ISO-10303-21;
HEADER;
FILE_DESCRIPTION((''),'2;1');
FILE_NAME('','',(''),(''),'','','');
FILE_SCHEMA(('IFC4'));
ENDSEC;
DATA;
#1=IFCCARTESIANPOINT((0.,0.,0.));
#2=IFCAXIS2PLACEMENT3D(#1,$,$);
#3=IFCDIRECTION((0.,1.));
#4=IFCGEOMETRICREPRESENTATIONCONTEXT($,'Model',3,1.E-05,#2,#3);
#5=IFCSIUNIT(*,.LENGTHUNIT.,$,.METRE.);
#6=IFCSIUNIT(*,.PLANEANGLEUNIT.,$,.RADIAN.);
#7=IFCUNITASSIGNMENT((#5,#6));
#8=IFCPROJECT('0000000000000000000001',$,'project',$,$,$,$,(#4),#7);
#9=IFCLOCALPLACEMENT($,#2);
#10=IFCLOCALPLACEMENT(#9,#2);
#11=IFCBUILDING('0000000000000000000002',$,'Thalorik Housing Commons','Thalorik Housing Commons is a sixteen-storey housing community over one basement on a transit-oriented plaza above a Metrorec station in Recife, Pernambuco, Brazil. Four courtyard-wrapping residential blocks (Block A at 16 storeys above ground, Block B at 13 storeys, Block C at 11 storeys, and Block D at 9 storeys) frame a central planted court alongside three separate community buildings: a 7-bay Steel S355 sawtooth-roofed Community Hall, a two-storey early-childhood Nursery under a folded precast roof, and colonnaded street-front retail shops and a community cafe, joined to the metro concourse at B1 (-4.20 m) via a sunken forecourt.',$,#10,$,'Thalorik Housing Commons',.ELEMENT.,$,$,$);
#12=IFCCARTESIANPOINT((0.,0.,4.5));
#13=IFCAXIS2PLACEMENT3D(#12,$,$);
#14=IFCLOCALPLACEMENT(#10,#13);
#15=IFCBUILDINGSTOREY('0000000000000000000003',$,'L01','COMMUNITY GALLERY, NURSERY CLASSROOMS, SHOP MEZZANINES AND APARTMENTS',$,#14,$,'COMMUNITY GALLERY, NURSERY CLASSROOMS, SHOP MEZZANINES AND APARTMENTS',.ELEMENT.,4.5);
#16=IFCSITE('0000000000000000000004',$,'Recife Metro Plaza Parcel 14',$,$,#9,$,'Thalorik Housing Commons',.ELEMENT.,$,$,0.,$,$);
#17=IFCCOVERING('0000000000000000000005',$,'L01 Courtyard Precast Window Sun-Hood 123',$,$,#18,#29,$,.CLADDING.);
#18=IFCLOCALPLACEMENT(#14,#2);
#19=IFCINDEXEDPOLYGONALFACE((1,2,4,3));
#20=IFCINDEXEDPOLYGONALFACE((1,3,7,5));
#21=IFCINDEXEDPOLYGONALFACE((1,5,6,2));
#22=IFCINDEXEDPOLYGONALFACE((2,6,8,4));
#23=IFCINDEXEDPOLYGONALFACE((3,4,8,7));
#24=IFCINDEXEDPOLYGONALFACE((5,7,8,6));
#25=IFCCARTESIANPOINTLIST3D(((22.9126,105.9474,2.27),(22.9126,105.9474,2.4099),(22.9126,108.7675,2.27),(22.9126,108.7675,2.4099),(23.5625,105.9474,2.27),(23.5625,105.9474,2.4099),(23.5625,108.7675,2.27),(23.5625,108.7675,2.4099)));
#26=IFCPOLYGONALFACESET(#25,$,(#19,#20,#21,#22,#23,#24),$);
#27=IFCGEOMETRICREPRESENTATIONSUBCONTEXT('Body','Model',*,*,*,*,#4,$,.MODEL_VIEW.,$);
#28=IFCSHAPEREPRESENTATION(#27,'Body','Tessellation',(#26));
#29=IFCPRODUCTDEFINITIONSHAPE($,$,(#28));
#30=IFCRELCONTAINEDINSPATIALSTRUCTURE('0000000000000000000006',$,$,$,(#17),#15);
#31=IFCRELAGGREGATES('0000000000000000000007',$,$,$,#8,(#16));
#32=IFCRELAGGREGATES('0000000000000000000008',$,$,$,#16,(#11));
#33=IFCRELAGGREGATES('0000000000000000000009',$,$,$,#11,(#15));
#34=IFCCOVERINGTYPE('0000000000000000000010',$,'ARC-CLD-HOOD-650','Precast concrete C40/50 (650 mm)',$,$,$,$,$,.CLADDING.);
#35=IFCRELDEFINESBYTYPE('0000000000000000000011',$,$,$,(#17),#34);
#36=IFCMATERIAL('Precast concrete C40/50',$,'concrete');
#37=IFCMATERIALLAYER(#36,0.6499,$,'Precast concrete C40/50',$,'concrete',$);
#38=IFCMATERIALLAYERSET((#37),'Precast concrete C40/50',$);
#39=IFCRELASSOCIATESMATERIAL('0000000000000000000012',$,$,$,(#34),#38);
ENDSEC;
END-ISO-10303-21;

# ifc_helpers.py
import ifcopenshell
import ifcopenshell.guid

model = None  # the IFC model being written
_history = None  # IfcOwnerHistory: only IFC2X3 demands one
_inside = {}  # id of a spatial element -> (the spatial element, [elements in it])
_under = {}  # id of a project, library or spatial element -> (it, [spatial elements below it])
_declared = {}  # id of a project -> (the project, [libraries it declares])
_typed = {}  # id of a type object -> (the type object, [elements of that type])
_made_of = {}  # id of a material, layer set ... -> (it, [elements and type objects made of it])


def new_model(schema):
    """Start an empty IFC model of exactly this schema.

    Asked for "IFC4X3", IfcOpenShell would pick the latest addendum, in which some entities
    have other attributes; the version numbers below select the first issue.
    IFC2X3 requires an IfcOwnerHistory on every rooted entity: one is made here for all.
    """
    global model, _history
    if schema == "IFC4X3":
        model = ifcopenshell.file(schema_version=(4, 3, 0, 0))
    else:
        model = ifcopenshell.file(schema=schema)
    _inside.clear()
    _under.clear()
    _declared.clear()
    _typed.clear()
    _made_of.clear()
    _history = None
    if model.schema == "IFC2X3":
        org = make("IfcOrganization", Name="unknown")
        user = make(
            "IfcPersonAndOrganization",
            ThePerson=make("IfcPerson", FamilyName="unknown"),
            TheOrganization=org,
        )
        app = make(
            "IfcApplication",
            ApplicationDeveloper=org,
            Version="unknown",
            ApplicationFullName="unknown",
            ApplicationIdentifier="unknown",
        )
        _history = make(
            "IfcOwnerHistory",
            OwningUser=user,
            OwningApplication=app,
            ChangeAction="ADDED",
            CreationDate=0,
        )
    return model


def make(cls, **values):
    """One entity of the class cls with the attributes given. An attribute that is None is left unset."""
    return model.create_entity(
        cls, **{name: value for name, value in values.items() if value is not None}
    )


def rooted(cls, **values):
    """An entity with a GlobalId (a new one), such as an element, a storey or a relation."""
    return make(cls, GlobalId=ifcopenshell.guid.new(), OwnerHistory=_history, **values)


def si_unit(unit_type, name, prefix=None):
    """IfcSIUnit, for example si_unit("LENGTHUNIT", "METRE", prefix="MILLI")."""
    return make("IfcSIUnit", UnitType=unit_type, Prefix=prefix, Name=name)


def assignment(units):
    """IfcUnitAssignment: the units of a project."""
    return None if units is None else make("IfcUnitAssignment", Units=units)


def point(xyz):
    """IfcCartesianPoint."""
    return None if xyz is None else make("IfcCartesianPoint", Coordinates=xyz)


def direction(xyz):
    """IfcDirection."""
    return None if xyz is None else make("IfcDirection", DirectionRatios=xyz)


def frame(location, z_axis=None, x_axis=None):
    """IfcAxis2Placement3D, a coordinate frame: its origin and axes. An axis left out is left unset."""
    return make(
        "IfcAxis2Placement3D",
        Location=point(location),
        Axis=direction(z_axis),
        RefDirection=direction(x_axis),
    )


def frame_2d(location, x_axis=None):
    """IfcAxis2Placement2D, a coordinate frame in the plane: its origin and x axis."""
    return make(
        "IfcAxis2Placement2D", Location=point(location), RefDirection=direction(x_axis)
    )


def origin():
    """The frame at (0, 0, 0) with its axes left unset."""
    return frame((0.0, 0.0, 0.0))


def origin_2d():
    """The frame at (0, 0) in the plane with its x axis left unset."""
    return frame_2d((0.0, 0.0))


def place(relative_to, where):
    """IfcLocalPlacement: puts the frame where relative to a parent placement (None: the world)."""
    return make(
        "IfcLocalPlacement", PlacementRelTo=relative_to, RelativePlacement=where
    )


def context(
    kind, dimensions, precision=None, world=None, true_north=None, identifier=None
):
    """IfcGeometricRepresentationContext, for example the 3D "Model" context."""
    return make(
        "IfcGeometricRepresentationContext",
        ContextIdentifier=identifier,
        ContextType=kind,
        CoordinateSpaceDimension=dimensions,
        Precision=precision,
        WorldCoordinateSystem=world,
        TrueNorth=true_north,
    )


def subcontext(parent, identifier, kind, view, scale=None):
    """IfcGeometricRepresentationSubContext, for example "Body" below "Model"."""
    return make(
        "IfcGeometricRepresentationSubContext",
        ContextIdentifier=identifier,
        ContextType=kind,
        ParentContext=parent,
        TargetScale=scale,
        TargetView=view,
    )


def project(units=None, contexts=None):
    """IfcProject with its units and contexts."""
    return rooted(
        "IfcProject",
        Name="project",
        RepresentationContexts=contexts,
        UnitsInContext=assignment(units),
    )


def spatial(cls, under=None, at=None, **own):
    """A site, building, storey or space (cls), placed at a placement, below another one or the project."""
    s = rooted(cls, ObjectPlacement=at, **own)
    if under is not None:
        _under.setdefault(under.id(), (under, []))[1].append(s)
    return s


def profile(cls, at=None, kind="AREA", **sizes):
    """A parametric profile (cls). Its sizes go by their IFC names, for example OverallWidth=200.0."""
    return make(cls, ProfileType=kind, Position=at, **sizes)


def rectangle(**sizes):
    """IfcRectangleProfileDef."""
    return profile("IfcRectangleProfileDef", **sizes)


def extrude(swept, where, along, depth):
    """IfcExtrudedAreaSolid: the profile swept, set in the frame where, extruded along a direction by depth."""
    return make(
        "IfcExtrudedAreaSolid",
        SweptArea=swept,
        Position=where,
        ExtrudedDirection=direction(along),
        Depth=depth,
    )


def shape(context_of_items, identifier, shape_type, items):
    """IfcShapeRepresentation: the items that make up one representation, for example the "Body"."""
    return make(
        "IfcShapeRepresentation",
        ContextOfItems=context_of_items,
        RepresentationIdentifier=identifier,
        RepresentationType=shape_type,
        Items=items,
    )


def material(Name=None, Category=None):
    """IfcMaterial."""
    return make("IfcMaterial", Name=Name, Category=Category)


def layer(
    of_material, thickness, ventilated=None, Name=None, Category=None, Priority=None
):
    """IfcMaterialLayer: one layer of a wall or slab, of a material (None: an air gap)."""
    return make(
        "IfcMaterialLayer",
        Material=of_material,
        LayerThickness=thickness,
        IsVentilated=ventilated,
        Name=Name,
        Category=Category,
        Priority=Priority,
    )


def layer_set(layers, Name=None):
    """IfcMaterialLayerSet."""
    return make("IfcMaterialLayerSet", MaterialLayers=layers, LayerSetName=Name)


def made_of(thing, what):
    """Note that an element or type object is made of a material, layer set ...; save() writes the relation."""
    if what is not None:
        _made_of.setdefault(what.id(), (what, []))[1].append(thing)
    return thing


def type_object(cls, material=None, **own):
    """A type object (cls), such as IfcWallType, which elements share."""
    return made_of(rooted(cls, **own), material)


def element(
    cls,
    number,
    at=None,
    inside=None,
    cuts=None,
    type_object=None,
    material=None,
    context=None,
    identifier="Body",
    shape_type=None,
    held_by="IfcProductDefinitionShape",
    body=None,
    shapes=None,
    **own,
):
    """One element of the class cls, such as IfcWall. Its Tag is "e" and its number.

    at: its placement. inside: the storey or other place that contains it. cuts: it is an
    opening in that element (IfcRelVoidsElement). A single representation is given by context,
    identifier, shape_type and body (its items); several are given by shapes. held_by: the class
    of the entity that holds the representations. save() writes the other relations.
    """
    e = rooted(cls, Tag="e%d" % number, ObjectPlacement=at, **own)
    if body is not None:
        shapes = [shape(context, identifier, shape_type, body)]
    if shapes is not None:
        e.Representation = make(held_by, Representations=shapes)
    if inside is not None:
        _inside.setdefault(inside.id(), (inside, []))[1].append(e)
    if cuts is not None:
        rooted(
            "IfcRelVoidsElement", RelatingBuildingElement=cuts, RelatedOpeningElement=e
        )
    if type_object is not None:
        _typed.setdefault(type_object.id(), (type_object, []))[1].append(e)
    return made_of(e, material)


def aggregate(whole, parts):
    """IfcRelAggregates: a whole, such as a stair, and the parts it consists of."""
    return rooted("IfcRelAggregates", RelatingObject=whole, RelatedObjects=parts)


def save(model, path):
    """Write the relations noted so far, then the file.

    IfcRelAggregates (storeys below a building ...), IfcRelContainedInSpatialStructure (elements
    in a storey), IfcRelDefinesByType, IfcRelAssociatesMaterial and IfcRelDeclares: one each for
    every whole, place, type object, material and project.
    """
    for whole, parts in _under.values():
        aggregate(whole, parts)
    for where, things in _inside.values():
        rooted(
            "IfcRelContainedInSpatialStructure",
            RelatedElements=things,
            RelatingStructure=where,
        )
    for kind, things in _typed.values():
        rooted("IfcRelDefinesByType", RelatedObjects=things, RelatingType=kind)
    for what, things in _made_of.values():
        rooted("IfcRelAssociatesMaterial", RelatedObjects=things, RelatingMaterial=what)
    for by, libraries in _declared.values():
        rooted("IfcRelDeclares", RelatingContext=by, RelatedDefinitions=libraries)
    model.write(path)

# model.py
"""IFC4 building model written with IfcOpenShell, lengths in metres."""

from ifc_helpers import new_model, si_unit, direction, frame, origin, origin_2d, place, context, subcontext, project, spatial, rectangle, extrude, material, layer, layer_set, type_object, element, save


model = new_model("IFC4")

# Units and contexts
model_context = context("Model", 3, precision=1e-05, world=origin(), true_north=direction((0.0, 1.0)))
body_context = subcontext(model_context, "Body", "Model", "MODEL_VIEW")
ifc_project = project(units=[si_unit("LENGTHUNIT", "METRE"), si_unit("PLANEANGLEUNIT", "RADIAN")], contexts=[model_context])

# Site, building, storey
site_placement = place(None, origin())
site = spatial("IfcSite", under=ifc_project, at=site_placement, Name="Recife Metro Plaza Parcel 14", LongName="Thalorik Housing Commons", CompositionType="ELEMENT", RefElevation=0.0)
building_placement = place(site_placement, origin())
building = spatial("IfcBuilding", under=site, at=building_placement, Name="Thalorik Housing Commons", Description="Thalorik Housing Commons is a sixteen-storey housing community over one basement on a transit-oriented plaza above a Metrorec station in Recife, Pernambuco, Brazil. Four courtyard-wrapping residential blocks (Block A at 16 storeys above ground, Block B at 13 storeys, Block C at 11 storeys, and Block D at 9 storeys) frame a central planted court alongside three separate community buildings: a 7-bay Steel S355 sawtooth-roofed Community Hall, a two-storey early-childhood Nursery under a folded precast roof, and colonnaded street-front retail shops and a community cafe, joined to the metro concourse at B1 (-4.20 m) via a sunken forecourt.", LongName="Thalorik Housing Commons", CompositionType="ELEMENT")
storey_placement = place(building_placement, frame((0.0, 0.0, 4.5)))
storey = spatial("IfcBuildingStorey", under=building, at=storey_placement, Name="L01", Description="COMMUNITY GALLERY, NURSERY CLASSROOMS, SHOP MEZZANINES AND APARTMENTS", LongName="COMMUNITY GALLERY, NURSERY CLASSROOMS, SHOP MEZZANINES AND APARTMENTS", CompositionType="ELEMENT", Elevation=4.5)

# Shared definitions
ifc_material_1 = material(Name="Precast concrete C40/50", Category="concrete")

# Covering
ifc_layer_1 = layer(ifc_material_1, 0.6499, Name="Precast concrete C40/50", Category="concrete")
ifc_layer_set_1 = layer_set([ifc_layer_1], Name="Precast concrete C40/50")
covering_type_1 = type_object("IfcCoveringType", Name="ARC-CLD-HOOD-650", Description="Precast concrete C40/50 (650 mm)", PredefinedType="CLADDING", material=ifc_layer_set_1)
covering_1_placement = place(storey_placement, frame((23.2375, 107.3574, 2.27), z_axis=(0.0, 0.0, 1.0), x_axis=(0.0, 1.0, 0.0)))
element("IfcCovering", 1, at=covering_1_placement, inside=storey, type_object=covering_type_1, Name="L01 Courtyard Precast Window Sun-Hood 123", PredefinedType="CLADDING", context=body_context, shape_type="SweptSolid", body=[
    extrude(rectangle(XDim=2.8201, YDim=0.6499, at=origin_2d()), origin(), (0.0, 0.0, 1.0), 0.1399),
])

save(model, "model.ifc")
